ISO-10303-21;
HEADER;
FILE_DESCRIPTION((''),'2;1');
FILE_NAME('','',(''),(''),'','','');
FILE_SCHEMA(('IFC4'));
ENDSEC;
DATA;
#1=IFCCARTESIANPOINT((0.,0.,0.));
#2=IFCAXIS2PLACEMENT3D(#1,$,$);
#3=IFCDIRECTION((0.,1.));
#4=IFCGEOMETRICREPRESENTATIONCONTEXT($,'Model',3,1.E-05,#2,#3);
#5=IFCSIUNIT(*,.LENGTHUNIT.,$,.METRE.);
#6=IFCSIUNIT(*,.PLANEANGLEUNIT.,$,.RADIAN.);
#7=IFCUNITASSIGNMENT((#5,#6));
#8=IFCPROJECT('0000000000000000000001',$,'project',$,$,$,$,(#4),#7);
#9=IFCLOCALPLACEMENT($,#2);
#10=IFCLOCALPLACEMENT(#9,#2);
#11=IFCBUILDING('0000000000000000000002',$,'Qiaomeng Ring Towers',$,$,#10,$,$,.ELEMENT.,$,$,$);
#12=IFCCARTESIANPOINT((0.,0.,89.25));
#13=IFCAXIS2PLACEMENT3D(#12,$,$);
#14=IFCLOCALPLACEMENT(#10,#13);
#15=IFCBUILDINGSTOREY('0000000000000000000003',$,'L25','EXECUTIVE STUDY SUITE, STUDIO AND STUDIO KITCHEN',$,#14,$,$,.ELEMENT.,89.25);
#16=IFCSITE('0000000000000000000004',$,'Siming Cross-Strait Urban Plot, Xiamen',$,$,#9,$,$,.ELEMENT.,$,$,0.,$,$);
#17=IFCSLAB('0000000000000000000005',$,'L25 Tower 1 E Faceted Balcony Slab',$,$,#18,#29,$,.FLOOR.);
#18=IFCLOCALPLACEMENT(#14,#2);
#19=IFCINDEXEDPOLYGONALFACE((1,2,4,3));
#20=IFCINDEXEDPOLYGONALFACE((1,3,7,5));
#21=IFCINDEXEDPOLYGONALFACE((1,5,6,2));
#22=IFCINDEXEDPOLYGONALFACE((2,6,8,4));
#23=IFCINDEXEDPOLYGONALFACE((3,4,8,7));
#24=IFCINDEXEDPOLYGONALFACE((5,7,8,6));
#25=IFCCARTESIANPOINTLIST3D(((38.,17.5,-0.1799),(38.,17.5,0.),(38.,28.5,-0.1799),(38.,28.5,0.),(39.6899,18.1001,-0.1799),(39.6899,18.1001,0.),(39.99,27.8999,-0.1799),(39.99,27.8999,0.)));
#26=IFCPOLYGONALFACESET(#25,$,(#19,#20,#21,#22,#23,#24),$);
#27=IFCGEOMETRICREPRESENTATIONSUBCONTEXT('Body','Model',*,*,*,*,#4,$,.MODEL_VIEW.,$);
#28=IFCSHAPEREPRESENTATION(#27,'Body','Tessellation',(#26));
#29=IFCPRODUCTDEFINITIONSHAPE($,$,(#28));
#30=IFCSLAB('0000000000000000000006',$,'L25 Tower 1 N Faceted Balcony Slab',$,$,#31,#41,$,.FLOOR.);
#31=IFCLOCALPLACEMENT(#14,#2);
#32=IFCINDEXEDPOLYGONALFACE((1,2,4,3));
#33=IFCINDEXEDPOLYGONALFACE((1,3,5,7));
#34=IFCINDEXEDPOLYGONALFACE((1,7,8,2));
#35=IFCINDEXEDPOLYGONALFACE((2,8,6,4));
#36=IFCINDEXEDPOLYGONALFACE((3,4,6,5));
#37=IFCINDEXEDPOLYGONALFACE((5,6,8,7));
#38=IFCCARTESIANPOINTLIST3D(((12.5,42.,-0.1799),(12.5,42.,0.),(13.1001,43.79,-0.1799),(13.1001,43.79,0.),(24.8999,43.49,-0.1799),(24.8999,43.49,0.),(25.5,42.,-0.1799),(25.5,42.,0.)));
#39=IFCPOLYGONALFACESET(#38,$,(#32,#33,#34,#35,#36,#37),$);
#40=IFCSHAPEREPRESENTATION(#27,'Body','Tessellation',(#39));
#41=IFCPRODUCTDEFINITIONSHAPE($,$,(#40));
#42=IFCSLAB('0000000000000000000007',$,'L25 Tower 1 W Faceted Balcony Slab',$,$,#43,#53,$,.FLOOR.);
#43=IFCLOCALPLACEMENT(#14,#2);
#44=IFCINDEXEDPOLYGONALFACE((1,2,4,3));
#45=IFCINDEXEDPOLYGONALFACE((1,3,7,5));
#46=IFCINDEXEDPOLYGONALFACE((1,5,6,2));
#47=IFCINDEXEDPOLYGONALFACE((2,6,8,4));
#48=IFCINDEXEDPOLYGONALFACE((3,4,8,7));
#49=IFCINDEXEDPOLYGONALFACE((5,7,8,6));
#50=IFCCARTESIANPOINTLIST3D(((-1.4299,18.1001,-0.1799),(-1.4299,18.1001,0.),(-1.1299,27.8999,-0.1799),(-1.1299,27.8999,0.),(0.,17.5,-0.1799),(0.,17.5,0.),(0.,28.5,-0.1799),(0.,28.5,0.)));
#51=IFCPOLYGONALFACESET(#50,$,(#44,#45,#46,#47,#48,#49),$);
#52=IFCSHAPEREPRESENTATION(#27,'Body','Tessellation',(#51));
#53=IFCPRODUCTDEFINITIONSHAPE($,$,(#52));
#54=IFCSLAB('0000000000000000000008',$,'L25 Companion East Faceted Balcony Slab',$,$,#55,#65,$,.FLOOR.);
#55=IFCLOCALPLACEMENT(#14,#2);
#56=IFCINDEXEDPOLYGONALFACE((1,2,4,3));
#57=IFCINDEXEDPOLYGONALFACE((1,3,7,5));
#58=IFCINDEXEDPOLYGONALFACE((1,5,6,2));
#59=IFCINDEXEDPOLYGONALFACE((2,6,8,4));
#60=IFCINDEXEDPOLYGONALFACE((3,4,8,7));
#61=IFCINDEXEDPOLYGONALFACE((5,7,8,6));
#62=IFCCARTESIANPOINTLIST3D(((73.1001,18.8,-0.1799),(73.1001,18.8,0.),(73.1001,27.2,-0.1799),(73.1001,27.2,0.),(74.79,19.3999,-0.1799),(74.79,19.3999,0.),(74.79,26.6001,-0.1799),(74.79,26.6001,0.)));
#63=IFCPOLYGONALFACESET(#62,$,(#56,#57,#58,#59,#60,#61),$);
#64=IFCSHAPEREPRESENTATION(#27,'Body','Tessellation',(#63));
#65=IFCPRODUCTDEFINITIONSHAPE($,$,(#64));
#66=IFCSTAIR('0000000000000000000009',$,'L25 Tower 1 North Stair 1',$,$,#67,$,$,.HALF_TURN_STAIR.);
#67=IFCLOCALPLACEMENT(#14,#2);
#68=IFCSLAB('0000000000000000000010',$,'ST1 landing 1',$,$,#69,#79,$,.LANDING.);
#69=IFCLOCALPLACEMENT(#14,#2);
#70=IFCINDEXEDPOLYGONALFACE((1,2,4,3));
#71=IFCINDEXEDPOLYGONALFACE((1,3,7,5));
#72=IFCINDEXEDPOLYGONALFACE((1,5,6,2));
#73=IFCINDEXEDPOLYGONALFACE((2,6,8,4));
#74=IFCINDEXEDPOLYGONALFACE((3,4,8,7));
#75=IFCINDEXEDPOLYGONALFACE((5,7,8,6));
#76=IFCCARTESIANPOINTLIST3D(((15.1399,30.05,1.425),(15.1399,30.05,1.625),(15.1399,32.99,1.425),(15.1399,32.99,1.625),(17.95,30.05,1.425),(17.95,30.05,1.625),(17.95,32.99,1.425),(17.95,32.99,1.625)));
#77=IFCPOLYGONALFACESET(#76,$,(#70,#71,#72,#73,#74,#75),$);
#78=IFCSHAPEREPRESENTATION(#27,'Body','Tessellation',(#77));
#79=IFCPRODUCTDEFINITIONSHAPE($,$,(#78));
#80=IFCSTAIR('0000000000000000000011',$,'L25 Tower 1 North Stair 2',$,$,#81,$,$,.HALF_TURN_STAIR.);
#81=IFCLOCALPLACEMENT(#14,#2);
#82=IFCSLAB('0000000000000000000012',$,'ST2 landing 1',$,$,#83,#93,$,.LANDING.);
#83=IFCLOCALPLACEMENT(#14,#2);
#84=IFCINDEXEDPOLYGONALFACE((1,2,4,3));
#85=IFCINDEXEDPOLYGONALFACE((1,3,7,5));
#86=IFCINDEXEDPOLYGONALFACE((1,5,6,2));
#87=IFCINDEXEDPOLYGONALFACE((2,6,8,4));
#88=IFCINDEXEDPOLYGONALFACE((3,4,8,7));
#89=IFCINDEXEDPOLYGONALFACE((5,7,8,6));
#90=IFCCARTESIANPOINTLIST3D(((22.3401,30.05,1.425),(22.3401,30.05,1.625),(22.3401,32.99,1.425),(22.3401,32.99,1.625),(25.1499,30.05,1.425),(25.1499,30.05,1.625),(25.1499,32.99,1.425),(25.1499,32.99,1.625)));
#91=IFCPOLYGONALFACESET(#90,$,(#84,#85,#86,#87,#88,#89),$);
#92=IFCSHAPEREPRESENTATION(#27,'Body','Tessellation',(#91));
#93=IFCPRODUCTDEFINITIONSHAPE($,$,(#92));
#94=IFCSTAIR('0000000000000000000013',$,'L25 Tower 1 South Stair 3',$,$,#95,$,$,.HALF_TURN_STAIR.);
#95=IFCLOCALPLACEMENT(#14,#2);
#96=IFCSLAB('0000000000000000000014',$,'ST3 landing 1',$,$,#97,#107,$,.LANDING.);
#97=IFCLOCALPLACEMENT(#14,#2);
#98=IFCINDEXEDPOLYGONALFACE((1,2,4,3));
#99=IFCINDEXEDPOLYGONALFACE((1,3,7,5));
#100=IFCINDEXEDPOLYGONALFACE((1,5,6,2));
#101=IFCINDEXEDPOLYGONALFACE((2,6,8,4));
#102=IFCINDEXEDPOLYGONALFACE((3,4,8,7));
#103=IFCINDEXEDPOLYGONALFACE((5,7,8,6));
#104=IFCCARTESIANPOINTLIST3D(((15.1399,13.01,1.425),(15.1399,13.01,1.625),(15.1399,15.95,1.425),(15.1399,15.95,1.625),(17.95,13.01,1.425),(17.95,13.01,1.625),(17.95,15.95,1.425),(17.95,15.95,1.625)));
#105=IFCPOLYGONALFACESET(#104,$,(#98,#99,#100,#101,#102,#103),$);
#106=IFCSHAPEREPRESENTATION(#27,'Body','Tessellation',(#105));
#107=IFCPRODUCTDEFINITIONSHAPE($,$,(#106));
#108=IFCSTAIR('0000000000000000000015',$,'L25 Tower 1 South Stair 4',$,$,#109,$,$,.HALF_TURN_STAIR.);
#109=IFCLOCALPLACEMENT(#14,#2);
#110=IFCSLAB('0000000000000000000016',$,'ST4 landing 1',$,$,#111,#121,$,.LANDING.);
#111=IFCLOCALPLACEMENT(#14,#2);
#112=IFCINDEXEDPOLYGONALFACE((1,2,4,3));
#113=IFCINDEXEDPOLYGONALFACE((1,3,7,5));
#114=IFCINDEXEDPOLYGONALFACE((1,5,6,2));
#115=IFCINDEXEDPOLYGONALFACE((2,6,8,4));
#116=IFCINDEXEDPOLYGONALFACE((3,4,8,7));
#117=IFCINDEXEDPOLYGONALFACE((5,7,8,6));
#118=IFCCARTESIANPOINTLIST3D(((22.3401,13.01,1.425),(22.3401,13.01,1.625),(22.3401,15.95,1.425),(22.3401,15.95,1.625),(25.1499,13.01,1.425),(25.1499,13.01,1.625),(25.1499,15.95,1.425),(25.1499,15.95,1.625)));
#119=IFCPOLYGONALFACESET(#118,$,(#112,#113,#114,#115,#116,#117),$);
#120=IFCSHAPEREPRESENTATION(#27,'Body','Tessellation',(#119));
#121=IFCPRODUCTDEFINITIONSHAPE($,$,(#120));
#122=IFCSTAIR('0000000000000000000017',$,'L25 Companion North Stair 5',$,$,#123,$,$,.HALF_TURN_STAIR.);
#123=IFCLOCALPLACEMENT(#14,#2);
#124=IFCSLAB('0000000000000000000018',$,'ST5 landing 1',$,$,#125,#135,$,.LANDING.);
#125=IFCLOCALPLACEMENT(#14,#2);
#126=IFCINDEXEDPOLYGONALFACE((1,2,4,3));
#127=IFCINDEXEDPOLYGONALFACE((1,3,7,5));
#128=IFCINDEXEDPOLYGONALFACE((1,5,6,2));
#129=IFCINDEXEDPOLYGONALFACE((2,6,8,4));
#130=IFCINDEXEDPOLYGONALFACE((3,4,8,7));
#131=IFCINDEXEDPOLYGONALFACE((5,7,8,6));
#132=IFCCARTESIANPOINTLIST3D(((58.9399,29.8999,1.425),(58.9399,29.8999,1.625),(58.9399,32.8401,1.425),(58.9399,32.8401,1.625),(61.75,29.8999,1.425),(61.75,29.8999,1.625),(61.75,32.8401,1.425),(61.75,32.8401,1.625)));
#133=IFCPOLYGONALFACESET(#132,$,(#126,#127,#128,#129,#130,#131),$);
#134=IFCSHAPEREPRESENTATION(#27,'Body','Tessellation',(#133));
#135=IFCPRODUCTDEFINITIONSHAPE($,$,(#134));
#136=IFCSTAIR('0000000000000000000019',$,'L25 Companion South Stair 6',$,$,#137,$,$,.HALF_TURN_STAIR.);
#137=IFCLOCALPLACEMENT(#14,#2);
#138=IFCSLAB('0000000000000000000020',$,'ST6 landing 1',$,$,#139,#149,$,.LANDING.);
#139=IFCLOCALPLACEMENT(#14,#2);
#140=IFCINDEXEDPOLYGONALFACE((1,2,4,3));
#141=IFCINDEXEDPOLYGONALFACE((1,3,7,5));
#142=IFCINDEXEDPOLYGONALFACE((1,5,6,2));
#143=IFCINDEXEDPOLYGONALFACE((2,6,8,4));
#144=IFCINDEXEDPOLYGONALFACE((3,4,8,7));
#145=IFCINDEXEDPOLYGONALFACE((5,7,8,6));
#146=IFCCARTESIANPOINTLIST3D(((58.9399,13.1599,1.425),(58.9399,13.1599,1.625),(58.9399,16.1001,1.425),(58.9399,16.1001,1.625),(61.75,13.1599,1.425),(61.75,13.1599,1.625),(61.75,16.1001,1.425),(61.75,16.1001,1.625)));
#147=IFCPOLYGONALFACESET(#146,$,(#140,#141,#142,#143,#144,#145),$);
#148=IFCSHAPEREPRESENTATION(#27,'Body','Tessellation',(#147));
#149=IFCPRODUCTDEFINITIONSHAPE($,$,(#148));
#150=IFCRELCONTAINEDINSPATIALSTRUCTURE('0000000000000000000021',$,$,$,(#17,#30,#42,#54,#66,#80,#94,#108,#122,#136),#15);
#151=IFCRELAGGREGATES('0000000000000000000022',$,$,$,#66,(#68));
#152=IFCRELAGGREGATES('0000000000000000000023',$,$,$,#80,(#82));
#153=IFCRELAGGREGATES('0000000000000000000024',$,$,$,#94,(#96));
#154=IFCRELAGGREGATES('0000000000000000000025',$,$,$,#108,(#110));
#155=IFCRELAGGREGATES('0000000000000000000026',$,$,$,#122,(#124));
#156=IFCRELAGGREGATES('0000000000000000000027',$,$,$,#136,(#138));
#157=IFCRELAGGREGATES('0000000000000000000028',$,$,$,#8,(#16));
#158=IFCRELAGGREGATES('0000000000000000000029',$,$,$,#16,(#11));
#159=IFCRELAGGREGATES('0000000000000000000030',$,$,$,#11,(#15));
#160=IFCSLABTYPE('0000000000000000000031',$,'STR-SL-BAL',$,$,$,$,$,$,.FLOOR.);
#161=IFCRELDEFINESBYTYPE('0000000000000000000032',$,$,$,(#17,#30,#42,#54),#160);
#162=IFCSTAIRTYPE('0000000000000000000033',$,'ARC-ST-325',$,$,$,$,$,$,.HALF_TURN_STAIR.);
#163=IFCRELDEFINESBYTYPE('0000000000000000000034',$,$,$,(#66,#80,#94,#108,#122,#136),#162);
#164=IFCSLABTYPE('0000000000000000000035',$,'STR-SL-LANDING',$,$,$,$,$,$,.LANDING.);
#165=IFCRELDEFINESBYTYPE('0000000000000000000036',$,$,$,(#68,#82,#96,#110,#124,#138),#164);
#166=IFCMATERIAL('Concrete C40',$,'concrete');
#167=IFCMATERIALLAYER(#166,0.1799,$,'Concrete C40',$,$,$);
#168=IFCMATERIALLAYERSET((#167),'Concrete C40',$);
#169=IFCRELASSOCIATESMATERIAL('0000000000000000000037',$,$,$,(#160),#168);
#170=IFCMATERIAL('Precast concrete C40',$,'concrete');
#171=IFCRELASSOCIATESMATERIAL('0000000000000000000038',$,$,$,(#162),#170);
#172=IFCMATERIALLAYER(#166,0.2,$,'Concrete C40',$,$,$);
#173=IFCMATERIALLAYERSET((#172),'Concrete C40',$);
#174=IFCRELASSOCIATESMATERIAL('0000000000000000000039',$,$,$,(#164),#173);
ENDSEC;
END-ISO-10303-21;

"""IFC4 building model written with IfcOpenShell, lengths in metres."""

from ifc_helpers import new_model, si_unit, direction, frame, origin, place, context, subcontext, project, spatial, polyline, outline, extrude, material, layer, layer_set, type_object, element, aggregate, save


model = new_model("IFC4")

# Units and contexts
model_context = context("Model", 3, precision=1e-05, world=origin(), true_north=direction((0.0, 1.0)))
body_context = subcontext(model_context, "Body", "Model", "MODEL_VIEW")
ifc_project = project(units=[si_unit("LENGTHUNIT", "METRE"), si_unit("PLANEANGLEUNIT", "RADIAN")], contexts=[model_context])

# Site, building, storey
site_placement = place(None, origin())
site = spatial("IfcSite", under=ifc_project, at=site_placement, Name="Siming Cross-Strait Urban Plot, Xiamen", CompositionType="ELEMENT", RefElevation=0.0)
building_placement = place(site_placement, origin())
building = spatial("IfcBuilding", under=site, at=building_placement, Name="Qiaomeng Ring Towers", CompositionType="ELEMENT")
storey_placement = place(building_placement, frame((0.0, 0.0, 89.25)))
storey = spatial("IfcBuildingStorey", under=building, at=storey_placement, Name="L25", Description="EXECUTIVE STUDY SUITE, STUDIO AND STUDIO KITCHEN", CompositionType="ELEMENT", Elevation=89.25)

# Slabs
ifc_material_1 = material(Name="Concrete C40", Category="concrete")
ifc_layer_1 = layer(ifc_material_1, 0.1799, Name="Concrete C40")
ifc_layer_set_1 = layer_set([ifc_layer_1], Name="Concrete C40")
slab_type_1 = type_object("IfcSlabType", Name="STR-SL-BAL", PredefinedType="FLOOR", material=ifc_layer_set_1)
slab_1_placement = place(storey_placement, frame((0.0, 0.0, -0.1799)))
element("IfcSlab", 1, at=slab_1_placement, inside=storey, type_object=slab_type_1, Name="L25 Tower 1 E Faceted Balcony Slab", PredefinedType="FLOOR", context=body_context, shape_type="SweptSolid", body=[
    extrude(outline(polyline([(39.99, 27.8999), (39.6899, 18.1001), (38.0, 17.5), (38.0, 28.5), (39.99, 27.8999)])), origin(), (0.0, 0.0, 1.0), 0.1799),
])
slab_2_placement = place(storey_placement, frame((0.0, 0.0, -0.1799)))
element("IfcSlab", 2, at=slab_2_placement, inside=storey, type_object=slab_type_1, Name="L25 Tower 1 N Faceted Balcony Slab", PredefinedType="FLOOR", context=body_context, shape_type="SweptSolid", body=[
    extrude(outline(polyline([(12.5, 42.0), (13.1001, 43.79), (24.8999, 43.49), (25.5, 42.0), (12.5, 42.0)])), origin(), (0.0, 0.0, 1.0), 0.1799),
])
slab_3_placement = place(storey_placement, frame((0.0, 0.0, -0.1799)))
element("IfcSlab", 3, at=slab_3_placement, inside=storey, type_object=slab_type_1, Name="L25 Tower 1 W Faceted Balcony Slab", PredefinedType="FLOOR", context=body_context, shape_type="SweptSolid", body=[
    extrude(outline(polyline([(0.0, 17.5), (-1.4299, 18.1001), (-1.1299, 27.8999), (0.0, 28.5), (0.0, 17.5)])), origin(), (0.0, 0.0, 1.0), 0.1799),
])
slab_4_placement = place(storey_placement, frame((0.0, 0.0, -0.1799)))
element("IfcSlab", 4, at=slab_4_placement, inside=storey, type_object=slab_type_1, Name="L25 Companion East Faceted Balcony Slab", PredefinedType="FLOOR", context=body_context, shape_type="SweptSolid", body=[
    extrude(outline(polyline([(74.79, 26.6001), (74.79, 19.3999), (73.1001, 18.8), (73.1001, 27.2), (74.79, 26.6001)])), origin(), (0.0, 0.0, 1.0), 0.1799),
])

# Stairs, slabs
ifc_material_2 = material(Name="Precast concrete C40", Category="concrete")
stair_type = type_object("IfcStairType", Name="ARC-ST-325", PredefinedType="HALF_TURN_STAIR", material=ifc_material_2)
stair_1_placement = place(storey_placement, origin())
stair_1 = element("IfcStair", 5, at=stair_1_placement, inside=storey, type_object=stair_type, Name="L25 Tower 1 North Stair 1", PredefinedType="HALF_TURN_STAIR")
ifc_layer_2 = layer(ifc_material_1, 0.2, Name="Concrete C40")
ifc_layer_set_2 = layer_set([ifc_layer_2], Name="Concrete C40")
slab_type_2 = type_object("IfcSlabType", Name="STR-SL-LANDING", PredefinedType="LANDING", material=ifc_layer_set_2)
slab_5_placement = place(storey_placement, frame((0.0, 0.0, 1.425)))
slab_5 = element("IfcSlab", 6, at=slab_5_placement, type_object=slab_type_2, Name="ST1 landing 1", PredefinedType="LANDING", context=body_context, shape_type="SweptSolid", body=[
    extrude(outline(polyline([(15.1399, 30.05), (17.95, 30.05), (17.95, 32.99), (15.1399, 32.99), (15.1399, 30.05)])), origin(), (0.0, 0.0, 1.0), 0.2),
])
aggregate(stair_1, [slab_5])
stair_2_placement = place(storey_placement, origin())
stair_2 = element("IfcStair", 7, at=stair_2_placement, inside=storey, type_object=stair_type, Name="L25 Tower 1 North Stair 2", PredefinedType="HALF_TURN_STAIR")
slab_6_placement = place(storey_placement, frame((0.0, 0.0, 1.425)))
slab_6 = element("IfcSlab", 8, at=slab_6_placement, type_object=slab_type_2, Name="ST2 landing 1", PredefinedType="LANDING", context=body_context, shape_type="SweptSolid", body=[
    extrude(outline(polyline([(22.3401, 30.05), (25.1499, 30.05), (25.1499, 32.99), (22.3401, 32.99), (22.3401, 30.05)])), origin(), (0.0, 0.0, 1.0), 0.2),
])
aggregate(stair_2, [slab_6])
stair_3_placement = place(storey_placement, origin())
stair_3 = element("IfcStair", 9, at=stair_3_placement, inside=storey, type_object=stair_type, Name="L25 Tower 1 South Stair 3", PredefinedType="HALF_TURN_STAIR")
slab_7_placement = place(storey_placement, frame((0.0, 0.0, 1.425)))
slab_7 = element("IfcSlab", 10, at=slab_7_placement, type_object=slab_type_2, Name="ST3 landing 1", PredefinedType="LANDING", context=body_context, shape_type="SweptSolid", body=[
    extrude(outline(polyline([(15.1399, 13.01), (17.95, 13.01), (17.95, 15.95), (15.1399, 15.95), (15.1399, 13.01)])), origin(), (0.0, 0.0, 1.0), 0.2),
])
aggregate(stair_3, [slab_7])
stair_4_placement = place(storey_placement, origin())
stair_4 = element("IfcStair", 11, at=stair_4_placement, inside=storey, type_object=stair_type, Name="L25 Tower 1 South Stair 4", PredefinedType="HALF_TURN_STAIR")
slab_8_placement = place(storey_placement, frame((0.0, 0.0, 1.425)))
slab_8 = element("IfcSlab", 12, at=slab_8_placement, type_object=slab_type_2, Name="ST4 landing 1", PredefinedType="LANDING", context=body_context, shape_type="SweptSolid", body=[
    extrude(outline(polyline([(22.3401, 13.01), (25.1499, 13.01), (25.1499, 15.95), (22.3401, 15.95), (22.3401, 13.01)])), origin(), (0.0, 0.0, 1.0), 0.2),
])
aggregate(stair_4, [slab_8])
stair_5_placement = place(storey_placement, origin())
stair_5 = element("IfcStair", 13, at=stair_5_placement, inside=storey, type_object=stair_type, Name="L25 Companion North Stair 5", PredefinedType="HALF_TURN_STAIR")
slab_9_placement = place(storey_placement, frame((0.0, 0.0, 1.425)))
slab_9 = element("IfcSlab", 14, at=slab_9_placement, type_object=slab_type_2, Name="ST5 landing 1", PredefinedType="LANDING", context=body_context, shape_type="SweptSolid", body=[
    extrude(outline(polyline([(58.9399, 29.8999), (61.75, 29.8999), (61.75, 32.8401), (58.9399, 32.8401), (58.9399, 29.8999)])), origin(), (0.0, 0.0, 1.0), 0.2),
])
aggregate(stair_5, [slab_9])
stair_6_placement = place(storey_placement, origin())
stair_6 = element("IfcStair", 15, at=stair_6_placement, inside=storey, type_object=stair_type, Name="L25 Companion South Stair 6", PredefinedType="HALF_TURN_STAIR")
slab_10_placement = place(storey_placement, frame((0.0, 0.0, 1.425)))
slab_10 = element("IfcSlab", 16, at=slab_10_placement, type_object=slab_type_2, Name="ST6 landing 1", PredefinedType="LANDING", context=body_context, shape_type="SweptSolid", body=[
    extrude(outline(polyline([(58.9399, 13.1599), (61.75, 13.1599), (61.75, 16.1001), (58.9399, 16.1001), (58.9399, 13.1599)])), origin(), (0.0, 0.0, 1.0), 0.2),
])
aggregate(stair_6, [slab_10])

save(model, "model.ifc")
